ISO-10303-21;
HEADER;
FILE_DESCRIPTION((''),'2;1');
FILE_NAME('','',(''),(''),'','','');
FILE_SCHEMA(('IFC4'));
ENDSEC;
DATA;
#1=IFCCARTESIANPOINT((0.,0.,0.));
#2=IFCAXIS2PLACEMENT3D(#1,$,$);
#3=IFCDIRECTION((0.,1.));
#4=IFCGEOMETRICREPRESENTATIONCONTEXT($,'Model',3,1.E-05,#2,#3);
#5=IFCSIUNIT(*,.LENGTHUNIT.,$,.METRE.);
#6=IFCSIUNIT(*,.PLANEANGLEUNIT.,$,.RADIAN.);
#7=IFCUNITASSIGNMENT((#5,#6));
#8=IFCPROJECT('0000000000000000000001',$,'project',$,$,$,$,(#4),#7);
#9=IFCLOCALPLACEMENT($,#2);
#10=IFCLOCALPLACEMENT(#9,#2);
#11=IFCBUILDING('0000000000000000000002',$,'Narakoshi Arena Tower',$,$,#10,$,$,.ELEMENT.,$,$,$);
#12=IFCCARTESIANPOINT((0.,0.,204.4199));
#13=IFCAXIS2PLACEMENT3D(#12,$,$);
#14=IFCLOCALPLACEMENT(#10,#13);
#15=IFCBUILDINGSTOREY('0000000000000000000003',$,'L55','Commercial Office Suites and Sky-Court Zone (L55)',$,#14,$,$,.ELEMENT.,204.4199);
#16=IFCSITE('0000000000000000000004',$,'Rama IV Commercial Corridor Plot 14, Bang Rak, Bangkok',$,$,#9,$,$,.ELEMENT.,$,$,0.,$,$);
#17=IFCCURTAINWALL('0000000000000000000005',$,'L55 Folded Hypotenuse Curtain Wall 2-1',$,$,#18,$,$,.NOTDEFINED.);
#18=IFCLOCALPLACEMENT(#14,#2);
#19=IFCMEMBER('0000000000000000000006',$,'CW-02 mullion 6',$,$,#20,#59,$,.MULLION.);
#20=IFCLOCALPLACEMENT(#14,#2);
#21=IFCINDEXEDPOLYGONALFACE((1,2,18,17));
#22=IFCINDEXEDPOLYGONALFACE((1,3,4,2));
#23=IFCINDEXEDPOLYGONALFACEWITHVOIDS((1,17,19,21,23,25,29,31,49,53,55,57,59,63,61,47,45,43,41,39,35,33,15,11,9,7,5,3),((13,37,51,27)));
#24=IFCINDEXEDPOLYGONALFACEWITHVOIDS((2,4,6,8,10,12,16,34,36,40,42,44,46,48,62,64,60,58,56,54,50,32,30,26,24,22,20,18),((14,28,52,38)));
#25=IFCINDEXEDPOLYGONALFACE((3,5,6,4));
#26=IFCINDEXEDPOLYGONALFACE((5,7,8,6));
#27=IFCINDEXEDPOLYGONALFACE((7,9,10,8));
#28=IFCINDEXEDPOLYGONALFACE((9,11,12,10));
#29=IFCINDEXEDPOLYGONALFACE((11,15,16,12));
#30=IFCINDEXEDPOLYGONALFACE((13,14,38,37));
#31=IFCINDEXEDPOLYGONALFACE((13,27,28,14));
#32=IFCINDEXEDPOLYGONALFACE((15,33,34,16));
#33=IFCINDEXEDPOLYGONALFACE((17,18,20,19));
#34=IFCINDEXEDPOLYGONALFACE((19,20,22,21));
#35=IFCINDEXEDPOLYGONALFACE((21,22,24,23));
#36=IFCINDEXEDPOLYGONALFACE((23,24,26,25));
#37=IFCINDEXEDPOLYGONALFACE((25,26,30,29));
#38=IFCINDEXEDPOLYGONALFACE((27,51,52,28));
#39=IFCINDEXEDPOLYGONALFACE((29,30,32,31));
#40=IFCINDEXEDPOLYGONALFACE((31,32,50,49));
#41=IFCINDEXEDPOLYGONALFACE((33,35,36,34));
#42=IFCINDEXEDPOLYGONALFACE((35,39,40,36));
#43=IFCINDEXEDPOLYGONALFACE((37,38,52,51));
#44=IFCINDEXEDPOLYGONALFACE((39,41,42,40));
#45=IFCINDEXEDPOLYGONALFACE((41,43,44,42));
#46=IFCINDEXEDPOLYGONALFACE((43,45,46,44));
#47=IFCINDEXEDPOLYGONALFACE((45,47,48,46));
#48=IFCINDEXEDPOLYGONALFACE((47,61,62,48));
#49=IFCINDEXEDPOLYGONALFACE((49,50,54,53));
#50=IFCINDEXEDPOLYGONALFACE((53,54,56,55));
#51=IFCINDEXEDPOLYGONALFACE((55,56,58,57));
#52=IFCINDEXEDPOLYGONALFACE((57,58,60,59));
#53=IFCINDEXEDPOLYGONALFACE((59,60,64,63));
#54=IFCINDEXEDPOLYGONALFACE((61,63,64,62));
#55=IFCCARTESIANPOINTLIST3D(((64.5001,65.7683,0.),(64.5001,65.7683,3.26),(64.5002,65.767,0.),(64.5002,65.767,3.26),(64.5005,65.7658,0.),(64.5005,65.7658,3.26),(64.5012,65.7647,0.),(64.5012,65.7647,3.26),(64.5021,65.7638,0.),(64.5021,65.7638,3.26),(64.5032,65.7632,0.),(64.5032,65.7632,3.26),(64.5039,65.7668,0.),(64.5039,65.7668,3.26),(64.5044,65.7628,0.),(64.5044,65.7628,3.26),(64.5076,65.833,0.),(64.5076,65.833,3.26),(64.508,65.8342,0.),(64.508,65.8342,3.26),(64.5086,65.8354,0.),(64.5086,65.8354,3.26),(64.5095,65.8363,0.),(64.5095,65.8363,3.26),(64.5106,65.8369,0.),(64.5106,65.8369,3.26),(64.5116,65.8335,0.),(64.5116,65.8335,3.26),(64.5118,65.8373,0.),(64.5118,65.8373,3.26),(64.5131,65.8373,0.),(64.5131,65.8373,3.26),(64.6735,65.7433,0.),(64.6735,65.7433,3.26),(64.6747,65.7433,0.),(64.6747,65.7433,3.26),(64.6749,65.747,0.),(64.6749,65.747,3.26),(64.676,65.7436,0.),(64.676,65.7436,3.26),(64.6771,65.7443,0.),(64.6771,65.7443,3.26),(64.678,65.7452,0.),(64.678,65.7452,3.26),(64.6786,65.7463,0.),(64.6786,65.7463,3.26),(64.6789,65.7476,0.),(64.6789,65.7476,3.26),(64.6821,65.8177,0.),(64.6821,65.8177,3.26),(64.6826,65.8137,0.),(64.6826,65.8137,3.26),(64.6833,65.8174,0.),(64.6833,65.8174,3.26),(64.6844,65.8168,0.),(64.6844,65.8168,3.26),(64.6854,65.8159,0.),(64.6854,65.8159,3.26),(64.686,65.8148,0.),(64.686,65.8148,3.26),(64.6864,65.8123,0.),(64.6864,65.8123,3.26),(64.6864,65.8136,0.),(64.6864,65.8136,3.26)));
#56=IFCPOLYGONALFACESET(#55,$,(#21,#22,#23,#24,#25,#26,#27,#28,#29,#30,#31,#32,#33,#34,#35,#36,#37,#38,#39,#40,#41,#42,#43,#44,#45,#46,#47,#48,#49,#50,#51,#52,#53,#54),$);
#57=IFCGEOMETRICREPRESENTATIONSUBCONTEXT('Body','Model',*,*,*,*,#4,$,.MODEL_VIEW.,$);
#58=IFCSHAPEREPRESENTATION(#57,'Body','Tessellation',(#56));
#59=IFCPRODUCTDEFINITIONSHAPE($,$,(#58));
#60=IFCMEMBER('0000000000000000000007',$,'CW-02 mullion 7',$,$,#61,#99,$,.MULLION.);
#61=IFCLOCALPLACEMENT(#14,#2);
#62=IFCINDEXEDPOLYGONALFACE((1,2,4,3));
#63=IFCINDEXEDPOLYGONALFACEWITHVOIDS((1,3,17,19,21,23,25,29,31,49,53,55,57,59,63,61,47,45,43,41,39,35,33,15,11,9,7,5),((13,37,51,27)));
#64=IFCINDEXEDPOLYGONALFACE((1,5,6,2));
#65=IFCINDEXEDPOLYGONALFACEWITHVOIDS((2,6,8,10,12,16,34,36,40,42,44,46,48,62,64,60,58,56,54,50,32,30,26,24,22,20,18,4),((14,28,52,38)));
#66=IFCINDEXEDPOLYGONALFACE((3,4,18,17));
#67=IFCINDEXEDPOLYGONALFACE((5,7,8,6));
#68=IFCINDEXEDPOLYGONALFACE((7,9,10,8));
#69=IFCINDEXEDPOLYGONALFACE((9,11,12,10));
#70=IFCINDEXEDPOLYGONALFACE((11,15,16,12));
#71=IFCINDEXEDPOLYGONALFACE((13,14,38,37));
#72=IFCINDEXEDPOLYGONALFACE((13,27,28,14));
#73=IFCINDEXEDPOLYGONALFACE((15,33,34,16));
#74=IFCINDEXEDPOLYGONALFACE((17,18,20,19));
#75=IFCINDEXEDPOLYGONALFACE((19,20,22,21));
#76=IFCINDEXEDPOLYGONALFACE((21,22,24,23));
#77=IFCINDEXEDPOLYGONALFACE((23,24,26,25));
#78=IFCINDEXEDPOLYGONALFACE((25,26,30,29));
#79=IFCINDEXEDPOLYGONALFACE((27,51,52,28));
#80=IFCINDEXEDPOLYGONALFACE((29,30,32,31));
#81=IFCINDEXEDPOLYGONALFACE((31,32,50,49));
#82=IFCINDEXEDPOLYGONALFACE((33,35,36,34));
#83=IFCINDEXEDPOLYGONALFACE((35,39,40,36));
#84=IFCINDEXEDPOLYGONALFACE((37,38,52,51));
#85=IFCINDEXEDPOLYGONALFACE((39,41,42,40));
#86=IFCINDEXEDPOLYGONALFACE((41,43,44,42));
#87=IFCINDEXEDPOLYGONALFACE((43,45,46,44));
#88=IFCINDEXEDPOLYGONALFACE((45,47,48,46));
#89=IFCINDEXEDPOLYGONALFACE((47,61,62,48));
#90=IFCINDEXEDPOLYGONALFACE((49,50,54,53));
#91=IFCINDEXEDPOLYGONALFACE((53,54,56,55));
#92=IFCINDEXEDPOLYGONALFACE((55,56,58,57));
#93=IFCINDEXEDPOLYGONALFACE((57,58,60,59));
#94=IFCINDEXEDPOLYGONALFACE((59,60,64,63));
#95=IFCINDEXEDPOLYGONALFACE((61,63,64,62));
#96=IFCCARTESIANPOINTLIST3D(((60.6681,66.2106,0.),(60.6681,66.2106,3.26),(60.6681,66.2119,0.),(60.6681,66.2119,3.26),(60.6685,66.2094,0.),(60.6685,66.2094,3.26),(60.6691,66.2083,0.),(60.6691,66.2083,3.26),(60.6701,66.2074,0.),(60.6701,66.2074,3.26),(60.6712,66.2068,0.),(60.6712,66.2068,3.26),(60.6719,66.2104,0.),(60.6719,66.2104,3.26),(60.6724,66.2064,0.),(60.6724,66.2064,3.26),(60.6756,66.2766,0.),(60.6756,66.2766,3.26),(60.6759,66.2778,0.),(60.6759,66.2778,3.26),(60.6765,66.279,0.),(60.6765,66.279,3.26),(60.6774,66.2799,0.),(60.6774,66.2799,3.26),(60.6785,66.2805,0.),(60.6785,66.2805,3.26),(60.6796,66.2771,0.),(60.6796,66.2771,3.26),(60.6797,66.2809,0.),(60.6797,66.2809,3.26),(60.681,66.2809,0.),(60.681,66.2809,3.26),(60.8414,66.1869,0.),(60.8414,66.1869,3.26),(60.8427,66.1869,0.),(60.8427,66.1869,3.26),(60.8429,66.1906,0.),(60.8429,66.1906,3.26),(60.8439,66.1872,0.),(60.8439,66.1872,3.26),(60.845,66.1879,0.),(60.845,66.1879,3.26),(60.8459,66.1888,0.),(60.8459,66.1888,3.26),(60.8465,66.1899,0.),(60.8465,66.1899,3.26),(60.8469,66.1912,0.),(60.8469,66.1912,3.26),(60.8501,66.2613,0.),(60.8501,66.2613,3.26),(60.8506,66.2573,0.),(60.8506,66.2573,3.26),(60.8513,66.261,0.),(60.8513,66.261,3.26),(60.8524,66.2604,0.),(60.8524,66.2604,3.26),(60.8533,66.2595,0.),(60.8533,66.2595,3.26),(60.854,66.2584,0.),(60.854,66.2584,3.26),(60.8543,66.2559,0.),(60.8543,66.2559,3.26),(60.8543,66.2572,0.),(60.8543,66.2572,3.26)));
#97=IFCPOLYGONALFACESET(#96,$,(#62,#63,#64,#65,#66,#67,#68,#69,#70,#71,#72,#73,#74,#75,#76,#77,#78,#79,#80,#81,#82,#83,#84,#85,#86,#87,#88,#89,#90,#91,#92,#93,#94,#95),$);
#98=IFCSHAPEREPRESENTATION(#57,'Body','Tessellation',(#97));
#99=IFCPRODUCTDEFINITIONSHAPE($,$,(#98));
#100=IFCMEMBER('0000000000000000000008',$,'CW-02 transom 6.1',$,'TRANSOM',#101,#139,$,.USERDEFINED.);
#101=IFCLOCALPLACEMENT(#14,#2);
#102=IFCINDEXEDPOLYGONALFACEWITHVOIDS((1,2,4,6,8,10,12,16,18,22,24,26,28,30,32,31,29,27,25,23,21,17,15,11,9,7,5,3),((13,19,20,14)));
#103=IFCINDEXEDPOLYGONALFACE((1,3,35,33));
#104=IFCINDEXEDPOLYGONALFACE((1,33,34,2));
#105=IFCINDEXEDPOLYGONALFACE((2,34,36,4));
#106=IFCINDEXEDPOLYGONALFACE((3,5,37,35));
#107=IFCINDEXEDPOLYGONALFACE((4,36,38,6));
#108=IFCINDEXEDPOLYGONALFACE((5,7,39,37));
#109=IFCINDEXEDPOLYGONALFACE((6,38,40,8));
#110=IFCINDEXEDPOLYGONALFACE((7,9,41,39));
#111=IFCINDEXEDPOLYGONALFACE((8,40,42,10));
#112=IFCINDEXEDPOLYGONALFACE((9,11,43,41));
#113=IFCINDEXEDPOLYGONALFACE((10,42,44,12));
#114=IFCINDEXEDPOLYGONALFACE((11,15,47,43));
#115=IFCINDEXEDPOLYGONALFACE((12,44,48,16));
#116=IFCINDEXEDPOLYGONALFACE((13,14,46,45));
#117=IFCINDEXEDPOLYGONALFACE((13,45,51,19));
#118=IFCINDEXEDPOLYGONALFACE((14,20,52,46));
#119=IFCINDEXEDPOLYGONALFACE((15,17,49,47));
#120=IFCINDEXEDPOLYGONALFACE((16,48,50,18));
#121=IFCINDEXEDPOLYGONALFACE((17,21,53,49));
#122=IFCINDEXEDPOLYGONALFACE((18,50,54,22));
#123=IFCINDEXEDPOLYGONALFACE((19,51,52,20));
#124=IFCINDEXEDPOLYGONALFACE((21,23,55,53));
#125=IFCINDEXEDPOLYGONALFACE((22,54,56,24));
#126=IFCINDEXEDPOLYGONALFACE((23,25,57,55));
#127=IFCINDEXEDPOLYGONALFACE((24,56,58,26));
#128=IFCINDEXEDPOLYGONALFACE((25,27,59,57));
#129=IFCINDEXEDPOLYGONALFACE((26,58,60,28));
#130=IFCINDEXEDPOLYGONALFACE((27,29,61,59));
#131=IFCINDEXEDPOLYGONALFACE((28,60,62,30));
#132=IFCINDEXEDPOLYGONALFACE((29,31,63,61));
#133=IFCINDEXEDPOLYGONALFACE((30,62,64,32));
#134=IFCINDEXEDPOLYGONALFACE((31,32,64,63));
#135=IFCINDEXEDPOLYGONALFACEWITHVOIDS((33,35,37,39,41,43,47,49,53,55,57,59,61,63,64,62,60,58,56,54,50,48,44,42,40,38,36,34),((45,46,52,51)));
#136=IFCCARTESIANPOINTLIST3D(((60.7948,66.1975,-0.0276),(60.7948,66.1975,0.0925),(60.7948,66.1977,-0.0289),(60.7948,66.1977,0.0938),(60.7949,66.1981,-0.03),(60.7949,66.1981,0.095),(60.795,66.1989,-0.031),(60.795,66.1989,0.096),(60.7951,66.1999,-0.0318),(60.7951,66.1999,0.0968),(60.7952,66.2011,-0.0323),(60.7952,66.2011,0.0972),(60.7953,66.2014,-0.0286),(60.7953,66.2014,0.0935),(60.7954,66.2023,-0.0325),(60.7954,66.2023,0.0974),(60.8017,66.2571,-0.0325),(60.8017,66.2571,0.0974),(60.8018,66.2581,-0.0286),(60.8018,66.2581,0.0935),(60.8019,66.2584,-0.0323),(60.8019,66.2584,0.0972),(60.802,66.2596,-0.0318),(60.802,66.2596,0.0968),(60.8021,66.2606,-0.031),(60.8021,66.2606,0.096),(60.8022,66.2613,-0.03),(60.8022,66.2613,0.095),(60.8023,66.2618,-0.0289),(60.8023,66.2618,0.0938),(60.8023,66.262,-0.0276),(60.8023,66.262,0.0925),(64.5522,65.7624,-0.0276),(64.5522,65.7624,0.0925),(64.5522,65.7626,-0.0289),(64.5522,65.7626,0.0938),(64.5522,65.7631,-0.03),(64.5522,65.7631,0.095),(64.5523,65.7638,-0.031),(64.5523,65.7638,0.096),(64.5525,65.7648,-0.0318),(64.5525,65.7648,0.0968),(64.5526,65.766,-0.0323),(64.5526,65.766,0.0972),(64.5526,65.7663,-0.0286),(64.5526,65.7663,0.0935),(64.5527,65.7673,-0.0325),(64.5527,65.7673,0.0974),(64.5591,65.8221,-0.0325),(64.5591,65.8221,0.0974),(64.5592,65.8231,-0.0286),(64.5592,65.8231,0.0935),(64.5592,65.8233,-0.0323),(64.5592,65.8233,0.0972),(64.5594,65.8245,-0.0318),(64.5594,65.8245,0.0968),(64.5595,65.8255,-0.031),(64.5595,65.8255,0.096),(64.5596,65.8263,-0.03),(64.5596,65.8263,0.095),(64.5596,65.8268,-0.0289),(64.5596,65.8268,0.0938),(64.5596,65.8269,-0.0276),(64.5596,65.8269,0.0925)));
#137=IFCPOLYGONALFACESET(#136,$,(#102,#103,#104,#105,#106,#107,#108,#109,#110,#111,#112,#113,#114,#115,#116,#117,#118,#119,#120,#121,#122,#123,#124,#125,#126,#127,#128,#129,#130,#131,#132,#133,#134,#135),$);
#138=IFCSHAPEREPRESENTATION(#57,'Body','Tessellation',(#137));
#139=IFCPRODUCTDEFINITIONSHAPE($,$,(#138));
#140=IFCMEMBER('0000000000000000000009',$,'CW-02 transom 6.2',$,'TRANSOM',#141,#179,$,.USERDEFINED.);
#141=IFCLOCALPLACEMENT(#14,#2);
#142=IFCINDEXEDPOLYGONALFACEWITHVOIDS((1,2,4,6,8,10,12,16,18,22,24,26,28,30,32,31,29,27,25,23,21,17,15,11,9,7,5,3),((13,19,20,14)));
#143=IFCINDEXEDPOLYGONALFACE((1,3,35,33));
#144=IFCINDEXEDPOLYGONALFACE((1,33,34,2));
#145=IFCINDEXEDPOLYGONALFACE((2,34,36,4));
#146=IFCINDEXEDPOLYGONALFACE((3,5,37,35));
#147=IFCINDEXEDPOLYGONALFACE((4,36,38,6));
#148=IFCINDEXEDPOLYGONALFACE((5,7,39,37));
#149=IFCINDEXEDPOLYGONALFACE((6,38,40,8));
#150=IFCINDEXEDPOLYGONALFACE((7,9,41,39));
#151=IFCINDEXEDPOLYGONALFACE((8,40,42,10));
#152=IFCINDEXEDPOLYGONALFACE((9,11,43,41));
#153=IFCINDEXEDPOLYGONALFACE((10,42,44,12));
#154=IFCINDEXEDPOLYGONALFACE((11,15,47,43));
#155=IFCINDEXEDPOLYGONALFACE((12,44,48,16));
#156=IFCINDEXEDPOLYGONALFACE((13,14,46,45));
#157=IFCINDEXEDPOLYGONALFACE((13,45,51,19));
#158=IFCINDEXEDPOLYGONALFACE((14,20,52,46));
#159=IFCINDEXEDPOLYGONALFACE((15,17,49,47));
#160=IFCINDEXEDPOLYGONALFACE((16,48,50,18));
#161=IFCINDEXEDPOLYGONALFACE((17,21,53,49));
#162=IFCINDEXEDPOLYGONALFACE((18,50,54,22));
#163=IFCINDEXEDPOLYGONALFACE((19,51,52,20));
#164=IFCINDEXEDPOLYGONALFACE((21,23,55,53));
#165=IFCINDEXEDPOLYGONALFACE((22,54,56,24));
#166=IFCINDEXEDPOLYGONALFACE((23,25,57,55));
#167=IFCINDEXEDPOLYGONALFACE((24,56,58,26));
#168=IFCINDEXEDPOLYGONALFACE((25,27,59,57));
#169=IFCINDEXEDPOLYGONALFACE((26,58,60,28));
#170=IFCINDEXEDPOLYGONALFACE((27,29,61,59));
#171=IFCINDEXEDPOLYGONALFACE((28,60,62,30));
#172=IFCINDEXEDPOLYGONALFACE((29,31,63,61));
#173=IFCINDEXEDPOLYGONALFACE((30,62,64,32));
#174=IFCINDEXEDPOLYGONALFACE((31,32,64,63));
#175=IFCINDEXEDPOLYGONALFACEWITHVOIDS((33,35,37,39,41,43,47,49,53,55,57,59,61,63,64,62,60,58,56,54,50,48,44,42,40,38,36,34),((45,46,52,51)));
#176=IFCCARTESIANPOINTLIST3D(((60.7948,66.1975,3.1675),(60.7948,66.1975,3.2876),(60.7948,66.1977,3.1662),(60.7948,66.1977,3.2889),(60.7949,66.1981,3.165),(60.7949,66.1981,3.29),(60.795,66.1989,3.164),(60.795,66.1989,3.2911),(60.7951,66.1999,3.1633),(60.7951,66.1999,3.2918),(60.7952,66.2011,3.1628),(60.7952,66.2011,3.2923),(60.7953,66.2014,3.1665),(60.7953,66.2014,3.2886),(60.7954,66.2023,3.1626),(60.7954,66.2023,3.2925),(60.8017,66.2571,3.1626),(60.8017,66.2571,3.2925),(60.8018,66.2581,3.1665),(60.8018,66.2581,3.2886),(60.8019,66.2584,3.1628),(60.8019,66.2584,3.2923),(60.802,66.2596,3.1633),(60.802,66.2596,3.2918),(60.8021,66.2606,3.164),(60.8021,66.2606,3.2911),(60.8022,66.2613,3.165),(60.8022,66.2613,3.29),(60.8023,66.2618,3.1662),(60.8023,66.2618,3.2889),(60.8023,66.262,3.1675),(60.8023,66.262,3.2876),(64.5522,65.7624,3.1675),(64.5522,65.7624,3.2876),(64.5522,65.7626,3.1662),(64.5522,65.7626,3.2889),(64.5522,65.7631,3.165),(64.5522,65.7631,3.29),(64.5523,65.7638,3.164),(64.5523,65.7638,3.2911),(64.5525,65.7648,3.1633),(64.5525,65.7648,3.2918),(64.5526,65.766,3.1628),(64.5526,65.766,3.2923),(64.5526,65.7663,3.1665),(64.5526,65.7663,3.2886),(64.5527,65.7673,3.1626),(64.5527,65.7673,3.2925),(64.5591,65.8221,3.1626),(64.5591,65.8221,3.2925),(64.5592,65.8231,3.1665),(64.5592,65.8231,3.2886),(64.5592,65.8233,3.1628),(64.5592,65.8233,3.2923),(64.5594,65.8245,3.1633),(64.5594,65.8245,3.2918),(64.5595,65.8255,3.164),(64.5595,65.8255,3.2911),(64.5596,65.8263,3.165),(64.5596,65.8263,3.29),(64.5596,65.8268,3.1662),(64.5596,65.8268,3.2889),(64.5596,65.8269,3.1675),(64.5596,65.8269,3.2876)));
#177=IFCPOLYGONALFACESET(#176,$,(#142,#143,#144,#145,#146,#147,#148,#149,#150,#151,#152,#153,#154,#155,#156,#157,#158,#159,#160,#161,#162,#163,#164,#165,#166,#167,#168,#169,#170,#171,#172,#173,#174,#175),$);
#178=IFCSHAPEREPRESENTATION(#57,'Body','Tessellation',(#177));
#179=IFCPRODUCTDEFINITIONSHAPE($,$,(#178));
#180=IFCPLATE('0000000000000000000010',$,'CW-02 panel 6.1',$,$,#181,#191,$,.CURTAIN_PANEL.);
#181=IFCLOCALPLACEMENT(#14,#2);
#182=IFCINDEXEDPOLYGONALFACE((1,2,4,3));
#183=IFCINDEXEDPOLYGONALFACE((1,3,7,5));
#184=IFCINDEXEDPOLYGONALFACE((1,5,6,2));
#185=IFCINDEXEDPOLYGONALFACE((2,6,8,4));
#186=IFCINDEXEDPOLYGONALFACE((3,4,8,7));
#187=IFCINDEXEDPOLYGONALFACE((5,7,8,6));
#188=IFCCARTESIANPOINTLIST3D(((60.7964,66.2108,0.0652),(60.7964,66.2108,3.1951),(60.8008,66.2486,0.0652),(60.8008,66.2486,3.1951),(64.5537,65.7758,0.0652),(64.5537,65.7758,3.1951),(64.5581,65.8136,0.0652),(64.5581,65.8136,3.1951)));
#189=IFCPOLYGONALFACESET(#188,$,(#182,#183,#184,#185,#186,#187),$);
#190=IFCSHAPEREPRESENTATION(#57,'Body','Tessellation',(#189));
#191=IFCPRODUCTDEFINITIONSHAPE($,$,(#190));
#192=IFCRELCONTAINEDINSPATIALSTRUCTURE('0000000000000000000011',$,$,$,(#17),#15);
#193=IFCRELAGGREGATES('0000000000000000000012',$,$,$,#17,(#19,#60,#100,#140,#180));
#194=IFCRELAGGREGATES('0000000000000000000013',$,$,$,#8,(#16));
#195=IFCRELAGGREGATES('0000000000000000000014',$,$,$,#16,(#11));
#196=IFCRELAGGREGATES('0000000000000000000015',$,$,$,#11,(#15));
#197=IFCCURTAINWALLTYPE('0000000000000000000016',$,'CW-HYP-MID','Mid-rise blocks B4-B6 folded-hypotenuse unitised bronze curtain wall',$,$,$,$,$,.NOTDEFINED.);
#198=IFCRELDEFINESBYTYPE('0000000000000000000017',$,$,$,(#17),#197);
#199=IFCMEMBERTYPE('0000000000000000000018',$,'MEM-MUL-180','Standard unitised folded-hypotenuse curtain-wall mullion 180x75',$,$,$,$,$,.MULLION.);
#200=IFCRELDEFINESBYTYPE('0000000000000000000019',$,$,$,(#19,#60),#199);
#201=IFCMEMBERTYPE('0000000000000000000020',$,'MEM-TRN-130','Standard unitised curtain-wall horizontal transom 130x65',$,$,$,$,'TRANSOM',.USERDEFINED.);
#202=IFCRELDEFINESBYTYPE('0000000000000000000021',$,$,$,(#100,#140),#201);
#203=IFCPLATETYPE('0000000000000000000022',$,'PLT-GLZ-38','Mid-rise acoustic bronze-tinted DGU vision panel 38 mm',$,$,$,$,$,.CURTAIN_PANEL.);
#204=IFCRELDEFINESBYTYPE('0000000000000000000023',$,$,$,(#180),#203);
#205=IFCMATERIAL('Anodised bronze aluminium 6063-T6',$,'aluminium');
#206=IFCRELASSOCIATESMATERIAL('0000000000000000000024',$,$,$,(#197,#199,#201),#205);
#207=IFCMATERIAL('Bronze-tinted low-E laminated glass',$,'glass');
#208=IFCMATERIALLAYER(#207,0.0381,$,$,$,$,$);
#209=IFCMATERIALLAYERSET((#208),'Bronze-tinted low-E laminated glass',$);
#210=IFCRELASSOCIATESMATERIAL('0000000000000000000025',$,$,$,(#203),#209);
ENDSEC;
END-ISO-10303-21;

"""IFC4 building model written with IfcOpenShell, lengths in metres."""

from ifc_helpers import new_model, si_unit, direction, frame, origin, origin_2d, place, context, subcontext, project, spatial, rectangle, hollow_rectangle, extrude, material, layer, layer_set, material_profile, profile_set, type_object, element, aggregate, save


model = new_model("IFC4")

# Units and contexts
model_context = context("Model", 3, precision=1e-05, world=origin(), true_north=direction((0.0, 1.0)))
body_context = subcontext(model_context, "Body", "Model", "MODEL_VIEW")
ifc_project = project(units=[si_unit("LENGTHUNIT", "METRE"), si_unit("PLANEANGLEUNIT", "RADIAN")], contexts=[model_context])

# Site, building, storey
site_placement = place(None, origin())
site = spatial("IfcSite", under=ifc_project, at=site_placement, Name="Rama IV Commercial Corridor Plot 14, Bang Rak, Bangkok", CompositionType="ELEMENT", RefElevation=0.0)
building_placement = place(site_placement, origin())
building = spatial("IfcBuilding", under=site, at=building_placement, Name="Narakoshi Arena Tower", CompositionType="ELEMENT")
storey_placement = place(building_placement, frame((0.0, 0.0, 204.4199)))
storey = spatial("IfcBuildingStorey", under=building, at=storey_placement, Name="L55", Description="Commercial Office Suites and Sky-Court Zone (L55)", CompositionType="ELEMENT", Elevation=204.4199)

# Curtain wall, members, plate
ifc_material_1 = material(Name="Anodised bronze aluminium 6063-T6", Category="aluminium")
curtain_wall_type = type_object("IfcCurtainWallType", Name="CW-HYP-MID", Description="Mid-rise blocks B4-B6 folded-hypotenuse unitised bronze curtain wall", PredefinedType="NOTDEFINED", material=ifc_material_1)
curtain_wall_placement = place(storey_placement, origin())
curtain_wall = element("IfcCurtainWall", 1, at=curtain_wall_placement, inside=storey, type_object=curtain_wall_type, Name="L55 Folded Hypotenuse Curtain Wall 2-1", PredefinedType="NOTDEFINED")
ifc_material_profile_1 = material_profile(ifc_material_1, hollow_rectangle(XDim=0.075, YDim=0.1799, WallThickness=0.0039, OuterFilletRadius=0.0049, at=origin_2d()), Name="MUL180x75x4")
ifc_profile_set_1 = profile_set([ifc_material_profile_1], Name="Anodised bronze aluminium 6063-T6")
member_type_1 = type_object("IfcMemberType", Name="MEM-MUL-180", Description="Standard unitised folded-hypotenuse curtain-wall mullion 180x75", PredefinedType="MULLION", material=ifc_profile_set_1)
member_1_placement = place(storey_placement, frame((64.5933, 65.7903, 0.0), z_axis=(0.0, 0.0, 1.0), x_axis=(-0.115011, -0.993364, 0.0)))
member_1 = element("IfcMember", 2, at=member_1_placement, type_object=member_type_1, Name="CW-02 mullion 6", PredefinedType="MULLION", context=body_context, shape_type="SweptSolid", body=[
    extrude(hollow_rectangle(XDim=0.075, YDim=0.1799, WallThickness=0.0039, OuterFilletRadius=0.0049, at=origin_2d()), origin(), (0.0, 0.0, 1.0), 3.26),
])
member_2_placement = place(storey_placement, frame((60.7612, 66.2339, 0.0), z_axis=(0.0, 0.0, 1.0), x_axis=(-0.115011, -0.993364, 0.0)))
member_2 = element("IfcMember", 3, at=member_2_placement, type_object=member_type_1, Name="CW-02 mullion 7", PredefinedType="MULLION", context=body_context, shape_type="SweptSolid", body=[
    extrude(hollow_rectangle(XDim=0.075, YDim=0.1799, WallThickness=0.0039, OuterFilletRadius=0.0049, at=origin_2d()), origin(), (0.0, 0.0, 1.0), 3.26),
])
ifc_material_profile_2 = material_profile(ifc_material_1, hollow_rectangle(XDim=0.0649, YDim=0.1299, WallThickness=0.0039, OuterFilletRadius=0.0049, at=origin_2d()), Name="TRN130x65x4")
ifc_profile_set_2 = profile_set([ifc_material_profile_2], Name="Anodised bronze aluminium 6063-T6")
member_type_2 = type_object("IfcMemberType", Name="MEM-TRN-130", Description="Standard unitised curtain-wall horizontal transom 130x65", ElementType="TRANSOM", PredefinedType="USERDEFINED", material=ifc_profile_set_2)
member_3_placement = place(storey_placement, frame((64.5559, 65.7947, 0.0325), z_axis=(-0.993363, 0.115021, 0.0), x_axis=(-0.115021, -0.993363, 0.0)))
member_3 = element("IfcMember", 4, at=member_3_placement, type_object=member_type_2, Name="CW-02 transom 6.1", ObjectType="TRANSOM", PredefinedType="USERDEFINED", context=body_context, shape_type="SweptSolid", body=[
    extrude(hollow_rectangle(XDim=0.0649, YDim=0.1299, WallThickness=0.0039, OuterFilletRadius=0.0049, at=origin_2d()), origin(), (0.0, 0.0, 1.0), 3.7825),
])
member_4_placement = place(storey_placement, frame((64.5559, 65.7947, 3.2275), z_axis=(-0.993363, 0.115021, 0.0), x_axis=(-0.115021, -0.993363, 0.0)))
member_4 = element("IfcMember", 5, at=member_4_placement, type_object=member_type_2, Name="CW-02 transom 6.2", ObjectType="TRANSOM", PredefinedType="USERDEFINED", context=body_context, shape_type="SweptSolid", body=[
    extrude(hollow_rectangle(XDim=0.0649, YDim=0.1299, WallThickness=0.0039, OuterFilletRadius=0.0049, at=origin_2d()), origin(), (0.0, 0.0, 1.0), 3.7825),
])
ifc_material_2 = material(Name="Bronze-tinted low-E laminated glass", Category="glass")
ifc_layer_1 = layer(ifc_material_2, 0.0381)
ifc_layer_set_1 = layer_set([ifc_layer_1], Name="Bronze-tinted low-E laminated glass")
plate_type = type_object("IfcPlateType", Name="PLT-GLZ-38", Description="Mid-rise acoustic bronze-tinted DGU vision panel 38 mm", PredefinedType="CURTAIN_PANEL", material=ifc_layer_set_1)
plate_placement = place(storey_placement, frame((62.6772, 66.0122, 0.0652), z_axis=(0.0, 0.0, 1.0), x_axis=(-0.993364, 0.115011, 0.0)))
plate = element("IfcPlate", 6, at=plate_placement, type_object=plate_type, Name="CW-02 panel 6.1", PredefinedType="CURTAIN_PANEL", context=body_context, shape_type="SweptSolid", body=[
    extrude(rectangle(XDim=3.7825, YDim=0.0381, at=origin_2d()), origin(), (0.0, 0.0, 1.0), 3.1299),
])
aggregate(curtain_wall, [member_1, member_2, member_3, member_4, plate])

save(model, "model.ifc")
